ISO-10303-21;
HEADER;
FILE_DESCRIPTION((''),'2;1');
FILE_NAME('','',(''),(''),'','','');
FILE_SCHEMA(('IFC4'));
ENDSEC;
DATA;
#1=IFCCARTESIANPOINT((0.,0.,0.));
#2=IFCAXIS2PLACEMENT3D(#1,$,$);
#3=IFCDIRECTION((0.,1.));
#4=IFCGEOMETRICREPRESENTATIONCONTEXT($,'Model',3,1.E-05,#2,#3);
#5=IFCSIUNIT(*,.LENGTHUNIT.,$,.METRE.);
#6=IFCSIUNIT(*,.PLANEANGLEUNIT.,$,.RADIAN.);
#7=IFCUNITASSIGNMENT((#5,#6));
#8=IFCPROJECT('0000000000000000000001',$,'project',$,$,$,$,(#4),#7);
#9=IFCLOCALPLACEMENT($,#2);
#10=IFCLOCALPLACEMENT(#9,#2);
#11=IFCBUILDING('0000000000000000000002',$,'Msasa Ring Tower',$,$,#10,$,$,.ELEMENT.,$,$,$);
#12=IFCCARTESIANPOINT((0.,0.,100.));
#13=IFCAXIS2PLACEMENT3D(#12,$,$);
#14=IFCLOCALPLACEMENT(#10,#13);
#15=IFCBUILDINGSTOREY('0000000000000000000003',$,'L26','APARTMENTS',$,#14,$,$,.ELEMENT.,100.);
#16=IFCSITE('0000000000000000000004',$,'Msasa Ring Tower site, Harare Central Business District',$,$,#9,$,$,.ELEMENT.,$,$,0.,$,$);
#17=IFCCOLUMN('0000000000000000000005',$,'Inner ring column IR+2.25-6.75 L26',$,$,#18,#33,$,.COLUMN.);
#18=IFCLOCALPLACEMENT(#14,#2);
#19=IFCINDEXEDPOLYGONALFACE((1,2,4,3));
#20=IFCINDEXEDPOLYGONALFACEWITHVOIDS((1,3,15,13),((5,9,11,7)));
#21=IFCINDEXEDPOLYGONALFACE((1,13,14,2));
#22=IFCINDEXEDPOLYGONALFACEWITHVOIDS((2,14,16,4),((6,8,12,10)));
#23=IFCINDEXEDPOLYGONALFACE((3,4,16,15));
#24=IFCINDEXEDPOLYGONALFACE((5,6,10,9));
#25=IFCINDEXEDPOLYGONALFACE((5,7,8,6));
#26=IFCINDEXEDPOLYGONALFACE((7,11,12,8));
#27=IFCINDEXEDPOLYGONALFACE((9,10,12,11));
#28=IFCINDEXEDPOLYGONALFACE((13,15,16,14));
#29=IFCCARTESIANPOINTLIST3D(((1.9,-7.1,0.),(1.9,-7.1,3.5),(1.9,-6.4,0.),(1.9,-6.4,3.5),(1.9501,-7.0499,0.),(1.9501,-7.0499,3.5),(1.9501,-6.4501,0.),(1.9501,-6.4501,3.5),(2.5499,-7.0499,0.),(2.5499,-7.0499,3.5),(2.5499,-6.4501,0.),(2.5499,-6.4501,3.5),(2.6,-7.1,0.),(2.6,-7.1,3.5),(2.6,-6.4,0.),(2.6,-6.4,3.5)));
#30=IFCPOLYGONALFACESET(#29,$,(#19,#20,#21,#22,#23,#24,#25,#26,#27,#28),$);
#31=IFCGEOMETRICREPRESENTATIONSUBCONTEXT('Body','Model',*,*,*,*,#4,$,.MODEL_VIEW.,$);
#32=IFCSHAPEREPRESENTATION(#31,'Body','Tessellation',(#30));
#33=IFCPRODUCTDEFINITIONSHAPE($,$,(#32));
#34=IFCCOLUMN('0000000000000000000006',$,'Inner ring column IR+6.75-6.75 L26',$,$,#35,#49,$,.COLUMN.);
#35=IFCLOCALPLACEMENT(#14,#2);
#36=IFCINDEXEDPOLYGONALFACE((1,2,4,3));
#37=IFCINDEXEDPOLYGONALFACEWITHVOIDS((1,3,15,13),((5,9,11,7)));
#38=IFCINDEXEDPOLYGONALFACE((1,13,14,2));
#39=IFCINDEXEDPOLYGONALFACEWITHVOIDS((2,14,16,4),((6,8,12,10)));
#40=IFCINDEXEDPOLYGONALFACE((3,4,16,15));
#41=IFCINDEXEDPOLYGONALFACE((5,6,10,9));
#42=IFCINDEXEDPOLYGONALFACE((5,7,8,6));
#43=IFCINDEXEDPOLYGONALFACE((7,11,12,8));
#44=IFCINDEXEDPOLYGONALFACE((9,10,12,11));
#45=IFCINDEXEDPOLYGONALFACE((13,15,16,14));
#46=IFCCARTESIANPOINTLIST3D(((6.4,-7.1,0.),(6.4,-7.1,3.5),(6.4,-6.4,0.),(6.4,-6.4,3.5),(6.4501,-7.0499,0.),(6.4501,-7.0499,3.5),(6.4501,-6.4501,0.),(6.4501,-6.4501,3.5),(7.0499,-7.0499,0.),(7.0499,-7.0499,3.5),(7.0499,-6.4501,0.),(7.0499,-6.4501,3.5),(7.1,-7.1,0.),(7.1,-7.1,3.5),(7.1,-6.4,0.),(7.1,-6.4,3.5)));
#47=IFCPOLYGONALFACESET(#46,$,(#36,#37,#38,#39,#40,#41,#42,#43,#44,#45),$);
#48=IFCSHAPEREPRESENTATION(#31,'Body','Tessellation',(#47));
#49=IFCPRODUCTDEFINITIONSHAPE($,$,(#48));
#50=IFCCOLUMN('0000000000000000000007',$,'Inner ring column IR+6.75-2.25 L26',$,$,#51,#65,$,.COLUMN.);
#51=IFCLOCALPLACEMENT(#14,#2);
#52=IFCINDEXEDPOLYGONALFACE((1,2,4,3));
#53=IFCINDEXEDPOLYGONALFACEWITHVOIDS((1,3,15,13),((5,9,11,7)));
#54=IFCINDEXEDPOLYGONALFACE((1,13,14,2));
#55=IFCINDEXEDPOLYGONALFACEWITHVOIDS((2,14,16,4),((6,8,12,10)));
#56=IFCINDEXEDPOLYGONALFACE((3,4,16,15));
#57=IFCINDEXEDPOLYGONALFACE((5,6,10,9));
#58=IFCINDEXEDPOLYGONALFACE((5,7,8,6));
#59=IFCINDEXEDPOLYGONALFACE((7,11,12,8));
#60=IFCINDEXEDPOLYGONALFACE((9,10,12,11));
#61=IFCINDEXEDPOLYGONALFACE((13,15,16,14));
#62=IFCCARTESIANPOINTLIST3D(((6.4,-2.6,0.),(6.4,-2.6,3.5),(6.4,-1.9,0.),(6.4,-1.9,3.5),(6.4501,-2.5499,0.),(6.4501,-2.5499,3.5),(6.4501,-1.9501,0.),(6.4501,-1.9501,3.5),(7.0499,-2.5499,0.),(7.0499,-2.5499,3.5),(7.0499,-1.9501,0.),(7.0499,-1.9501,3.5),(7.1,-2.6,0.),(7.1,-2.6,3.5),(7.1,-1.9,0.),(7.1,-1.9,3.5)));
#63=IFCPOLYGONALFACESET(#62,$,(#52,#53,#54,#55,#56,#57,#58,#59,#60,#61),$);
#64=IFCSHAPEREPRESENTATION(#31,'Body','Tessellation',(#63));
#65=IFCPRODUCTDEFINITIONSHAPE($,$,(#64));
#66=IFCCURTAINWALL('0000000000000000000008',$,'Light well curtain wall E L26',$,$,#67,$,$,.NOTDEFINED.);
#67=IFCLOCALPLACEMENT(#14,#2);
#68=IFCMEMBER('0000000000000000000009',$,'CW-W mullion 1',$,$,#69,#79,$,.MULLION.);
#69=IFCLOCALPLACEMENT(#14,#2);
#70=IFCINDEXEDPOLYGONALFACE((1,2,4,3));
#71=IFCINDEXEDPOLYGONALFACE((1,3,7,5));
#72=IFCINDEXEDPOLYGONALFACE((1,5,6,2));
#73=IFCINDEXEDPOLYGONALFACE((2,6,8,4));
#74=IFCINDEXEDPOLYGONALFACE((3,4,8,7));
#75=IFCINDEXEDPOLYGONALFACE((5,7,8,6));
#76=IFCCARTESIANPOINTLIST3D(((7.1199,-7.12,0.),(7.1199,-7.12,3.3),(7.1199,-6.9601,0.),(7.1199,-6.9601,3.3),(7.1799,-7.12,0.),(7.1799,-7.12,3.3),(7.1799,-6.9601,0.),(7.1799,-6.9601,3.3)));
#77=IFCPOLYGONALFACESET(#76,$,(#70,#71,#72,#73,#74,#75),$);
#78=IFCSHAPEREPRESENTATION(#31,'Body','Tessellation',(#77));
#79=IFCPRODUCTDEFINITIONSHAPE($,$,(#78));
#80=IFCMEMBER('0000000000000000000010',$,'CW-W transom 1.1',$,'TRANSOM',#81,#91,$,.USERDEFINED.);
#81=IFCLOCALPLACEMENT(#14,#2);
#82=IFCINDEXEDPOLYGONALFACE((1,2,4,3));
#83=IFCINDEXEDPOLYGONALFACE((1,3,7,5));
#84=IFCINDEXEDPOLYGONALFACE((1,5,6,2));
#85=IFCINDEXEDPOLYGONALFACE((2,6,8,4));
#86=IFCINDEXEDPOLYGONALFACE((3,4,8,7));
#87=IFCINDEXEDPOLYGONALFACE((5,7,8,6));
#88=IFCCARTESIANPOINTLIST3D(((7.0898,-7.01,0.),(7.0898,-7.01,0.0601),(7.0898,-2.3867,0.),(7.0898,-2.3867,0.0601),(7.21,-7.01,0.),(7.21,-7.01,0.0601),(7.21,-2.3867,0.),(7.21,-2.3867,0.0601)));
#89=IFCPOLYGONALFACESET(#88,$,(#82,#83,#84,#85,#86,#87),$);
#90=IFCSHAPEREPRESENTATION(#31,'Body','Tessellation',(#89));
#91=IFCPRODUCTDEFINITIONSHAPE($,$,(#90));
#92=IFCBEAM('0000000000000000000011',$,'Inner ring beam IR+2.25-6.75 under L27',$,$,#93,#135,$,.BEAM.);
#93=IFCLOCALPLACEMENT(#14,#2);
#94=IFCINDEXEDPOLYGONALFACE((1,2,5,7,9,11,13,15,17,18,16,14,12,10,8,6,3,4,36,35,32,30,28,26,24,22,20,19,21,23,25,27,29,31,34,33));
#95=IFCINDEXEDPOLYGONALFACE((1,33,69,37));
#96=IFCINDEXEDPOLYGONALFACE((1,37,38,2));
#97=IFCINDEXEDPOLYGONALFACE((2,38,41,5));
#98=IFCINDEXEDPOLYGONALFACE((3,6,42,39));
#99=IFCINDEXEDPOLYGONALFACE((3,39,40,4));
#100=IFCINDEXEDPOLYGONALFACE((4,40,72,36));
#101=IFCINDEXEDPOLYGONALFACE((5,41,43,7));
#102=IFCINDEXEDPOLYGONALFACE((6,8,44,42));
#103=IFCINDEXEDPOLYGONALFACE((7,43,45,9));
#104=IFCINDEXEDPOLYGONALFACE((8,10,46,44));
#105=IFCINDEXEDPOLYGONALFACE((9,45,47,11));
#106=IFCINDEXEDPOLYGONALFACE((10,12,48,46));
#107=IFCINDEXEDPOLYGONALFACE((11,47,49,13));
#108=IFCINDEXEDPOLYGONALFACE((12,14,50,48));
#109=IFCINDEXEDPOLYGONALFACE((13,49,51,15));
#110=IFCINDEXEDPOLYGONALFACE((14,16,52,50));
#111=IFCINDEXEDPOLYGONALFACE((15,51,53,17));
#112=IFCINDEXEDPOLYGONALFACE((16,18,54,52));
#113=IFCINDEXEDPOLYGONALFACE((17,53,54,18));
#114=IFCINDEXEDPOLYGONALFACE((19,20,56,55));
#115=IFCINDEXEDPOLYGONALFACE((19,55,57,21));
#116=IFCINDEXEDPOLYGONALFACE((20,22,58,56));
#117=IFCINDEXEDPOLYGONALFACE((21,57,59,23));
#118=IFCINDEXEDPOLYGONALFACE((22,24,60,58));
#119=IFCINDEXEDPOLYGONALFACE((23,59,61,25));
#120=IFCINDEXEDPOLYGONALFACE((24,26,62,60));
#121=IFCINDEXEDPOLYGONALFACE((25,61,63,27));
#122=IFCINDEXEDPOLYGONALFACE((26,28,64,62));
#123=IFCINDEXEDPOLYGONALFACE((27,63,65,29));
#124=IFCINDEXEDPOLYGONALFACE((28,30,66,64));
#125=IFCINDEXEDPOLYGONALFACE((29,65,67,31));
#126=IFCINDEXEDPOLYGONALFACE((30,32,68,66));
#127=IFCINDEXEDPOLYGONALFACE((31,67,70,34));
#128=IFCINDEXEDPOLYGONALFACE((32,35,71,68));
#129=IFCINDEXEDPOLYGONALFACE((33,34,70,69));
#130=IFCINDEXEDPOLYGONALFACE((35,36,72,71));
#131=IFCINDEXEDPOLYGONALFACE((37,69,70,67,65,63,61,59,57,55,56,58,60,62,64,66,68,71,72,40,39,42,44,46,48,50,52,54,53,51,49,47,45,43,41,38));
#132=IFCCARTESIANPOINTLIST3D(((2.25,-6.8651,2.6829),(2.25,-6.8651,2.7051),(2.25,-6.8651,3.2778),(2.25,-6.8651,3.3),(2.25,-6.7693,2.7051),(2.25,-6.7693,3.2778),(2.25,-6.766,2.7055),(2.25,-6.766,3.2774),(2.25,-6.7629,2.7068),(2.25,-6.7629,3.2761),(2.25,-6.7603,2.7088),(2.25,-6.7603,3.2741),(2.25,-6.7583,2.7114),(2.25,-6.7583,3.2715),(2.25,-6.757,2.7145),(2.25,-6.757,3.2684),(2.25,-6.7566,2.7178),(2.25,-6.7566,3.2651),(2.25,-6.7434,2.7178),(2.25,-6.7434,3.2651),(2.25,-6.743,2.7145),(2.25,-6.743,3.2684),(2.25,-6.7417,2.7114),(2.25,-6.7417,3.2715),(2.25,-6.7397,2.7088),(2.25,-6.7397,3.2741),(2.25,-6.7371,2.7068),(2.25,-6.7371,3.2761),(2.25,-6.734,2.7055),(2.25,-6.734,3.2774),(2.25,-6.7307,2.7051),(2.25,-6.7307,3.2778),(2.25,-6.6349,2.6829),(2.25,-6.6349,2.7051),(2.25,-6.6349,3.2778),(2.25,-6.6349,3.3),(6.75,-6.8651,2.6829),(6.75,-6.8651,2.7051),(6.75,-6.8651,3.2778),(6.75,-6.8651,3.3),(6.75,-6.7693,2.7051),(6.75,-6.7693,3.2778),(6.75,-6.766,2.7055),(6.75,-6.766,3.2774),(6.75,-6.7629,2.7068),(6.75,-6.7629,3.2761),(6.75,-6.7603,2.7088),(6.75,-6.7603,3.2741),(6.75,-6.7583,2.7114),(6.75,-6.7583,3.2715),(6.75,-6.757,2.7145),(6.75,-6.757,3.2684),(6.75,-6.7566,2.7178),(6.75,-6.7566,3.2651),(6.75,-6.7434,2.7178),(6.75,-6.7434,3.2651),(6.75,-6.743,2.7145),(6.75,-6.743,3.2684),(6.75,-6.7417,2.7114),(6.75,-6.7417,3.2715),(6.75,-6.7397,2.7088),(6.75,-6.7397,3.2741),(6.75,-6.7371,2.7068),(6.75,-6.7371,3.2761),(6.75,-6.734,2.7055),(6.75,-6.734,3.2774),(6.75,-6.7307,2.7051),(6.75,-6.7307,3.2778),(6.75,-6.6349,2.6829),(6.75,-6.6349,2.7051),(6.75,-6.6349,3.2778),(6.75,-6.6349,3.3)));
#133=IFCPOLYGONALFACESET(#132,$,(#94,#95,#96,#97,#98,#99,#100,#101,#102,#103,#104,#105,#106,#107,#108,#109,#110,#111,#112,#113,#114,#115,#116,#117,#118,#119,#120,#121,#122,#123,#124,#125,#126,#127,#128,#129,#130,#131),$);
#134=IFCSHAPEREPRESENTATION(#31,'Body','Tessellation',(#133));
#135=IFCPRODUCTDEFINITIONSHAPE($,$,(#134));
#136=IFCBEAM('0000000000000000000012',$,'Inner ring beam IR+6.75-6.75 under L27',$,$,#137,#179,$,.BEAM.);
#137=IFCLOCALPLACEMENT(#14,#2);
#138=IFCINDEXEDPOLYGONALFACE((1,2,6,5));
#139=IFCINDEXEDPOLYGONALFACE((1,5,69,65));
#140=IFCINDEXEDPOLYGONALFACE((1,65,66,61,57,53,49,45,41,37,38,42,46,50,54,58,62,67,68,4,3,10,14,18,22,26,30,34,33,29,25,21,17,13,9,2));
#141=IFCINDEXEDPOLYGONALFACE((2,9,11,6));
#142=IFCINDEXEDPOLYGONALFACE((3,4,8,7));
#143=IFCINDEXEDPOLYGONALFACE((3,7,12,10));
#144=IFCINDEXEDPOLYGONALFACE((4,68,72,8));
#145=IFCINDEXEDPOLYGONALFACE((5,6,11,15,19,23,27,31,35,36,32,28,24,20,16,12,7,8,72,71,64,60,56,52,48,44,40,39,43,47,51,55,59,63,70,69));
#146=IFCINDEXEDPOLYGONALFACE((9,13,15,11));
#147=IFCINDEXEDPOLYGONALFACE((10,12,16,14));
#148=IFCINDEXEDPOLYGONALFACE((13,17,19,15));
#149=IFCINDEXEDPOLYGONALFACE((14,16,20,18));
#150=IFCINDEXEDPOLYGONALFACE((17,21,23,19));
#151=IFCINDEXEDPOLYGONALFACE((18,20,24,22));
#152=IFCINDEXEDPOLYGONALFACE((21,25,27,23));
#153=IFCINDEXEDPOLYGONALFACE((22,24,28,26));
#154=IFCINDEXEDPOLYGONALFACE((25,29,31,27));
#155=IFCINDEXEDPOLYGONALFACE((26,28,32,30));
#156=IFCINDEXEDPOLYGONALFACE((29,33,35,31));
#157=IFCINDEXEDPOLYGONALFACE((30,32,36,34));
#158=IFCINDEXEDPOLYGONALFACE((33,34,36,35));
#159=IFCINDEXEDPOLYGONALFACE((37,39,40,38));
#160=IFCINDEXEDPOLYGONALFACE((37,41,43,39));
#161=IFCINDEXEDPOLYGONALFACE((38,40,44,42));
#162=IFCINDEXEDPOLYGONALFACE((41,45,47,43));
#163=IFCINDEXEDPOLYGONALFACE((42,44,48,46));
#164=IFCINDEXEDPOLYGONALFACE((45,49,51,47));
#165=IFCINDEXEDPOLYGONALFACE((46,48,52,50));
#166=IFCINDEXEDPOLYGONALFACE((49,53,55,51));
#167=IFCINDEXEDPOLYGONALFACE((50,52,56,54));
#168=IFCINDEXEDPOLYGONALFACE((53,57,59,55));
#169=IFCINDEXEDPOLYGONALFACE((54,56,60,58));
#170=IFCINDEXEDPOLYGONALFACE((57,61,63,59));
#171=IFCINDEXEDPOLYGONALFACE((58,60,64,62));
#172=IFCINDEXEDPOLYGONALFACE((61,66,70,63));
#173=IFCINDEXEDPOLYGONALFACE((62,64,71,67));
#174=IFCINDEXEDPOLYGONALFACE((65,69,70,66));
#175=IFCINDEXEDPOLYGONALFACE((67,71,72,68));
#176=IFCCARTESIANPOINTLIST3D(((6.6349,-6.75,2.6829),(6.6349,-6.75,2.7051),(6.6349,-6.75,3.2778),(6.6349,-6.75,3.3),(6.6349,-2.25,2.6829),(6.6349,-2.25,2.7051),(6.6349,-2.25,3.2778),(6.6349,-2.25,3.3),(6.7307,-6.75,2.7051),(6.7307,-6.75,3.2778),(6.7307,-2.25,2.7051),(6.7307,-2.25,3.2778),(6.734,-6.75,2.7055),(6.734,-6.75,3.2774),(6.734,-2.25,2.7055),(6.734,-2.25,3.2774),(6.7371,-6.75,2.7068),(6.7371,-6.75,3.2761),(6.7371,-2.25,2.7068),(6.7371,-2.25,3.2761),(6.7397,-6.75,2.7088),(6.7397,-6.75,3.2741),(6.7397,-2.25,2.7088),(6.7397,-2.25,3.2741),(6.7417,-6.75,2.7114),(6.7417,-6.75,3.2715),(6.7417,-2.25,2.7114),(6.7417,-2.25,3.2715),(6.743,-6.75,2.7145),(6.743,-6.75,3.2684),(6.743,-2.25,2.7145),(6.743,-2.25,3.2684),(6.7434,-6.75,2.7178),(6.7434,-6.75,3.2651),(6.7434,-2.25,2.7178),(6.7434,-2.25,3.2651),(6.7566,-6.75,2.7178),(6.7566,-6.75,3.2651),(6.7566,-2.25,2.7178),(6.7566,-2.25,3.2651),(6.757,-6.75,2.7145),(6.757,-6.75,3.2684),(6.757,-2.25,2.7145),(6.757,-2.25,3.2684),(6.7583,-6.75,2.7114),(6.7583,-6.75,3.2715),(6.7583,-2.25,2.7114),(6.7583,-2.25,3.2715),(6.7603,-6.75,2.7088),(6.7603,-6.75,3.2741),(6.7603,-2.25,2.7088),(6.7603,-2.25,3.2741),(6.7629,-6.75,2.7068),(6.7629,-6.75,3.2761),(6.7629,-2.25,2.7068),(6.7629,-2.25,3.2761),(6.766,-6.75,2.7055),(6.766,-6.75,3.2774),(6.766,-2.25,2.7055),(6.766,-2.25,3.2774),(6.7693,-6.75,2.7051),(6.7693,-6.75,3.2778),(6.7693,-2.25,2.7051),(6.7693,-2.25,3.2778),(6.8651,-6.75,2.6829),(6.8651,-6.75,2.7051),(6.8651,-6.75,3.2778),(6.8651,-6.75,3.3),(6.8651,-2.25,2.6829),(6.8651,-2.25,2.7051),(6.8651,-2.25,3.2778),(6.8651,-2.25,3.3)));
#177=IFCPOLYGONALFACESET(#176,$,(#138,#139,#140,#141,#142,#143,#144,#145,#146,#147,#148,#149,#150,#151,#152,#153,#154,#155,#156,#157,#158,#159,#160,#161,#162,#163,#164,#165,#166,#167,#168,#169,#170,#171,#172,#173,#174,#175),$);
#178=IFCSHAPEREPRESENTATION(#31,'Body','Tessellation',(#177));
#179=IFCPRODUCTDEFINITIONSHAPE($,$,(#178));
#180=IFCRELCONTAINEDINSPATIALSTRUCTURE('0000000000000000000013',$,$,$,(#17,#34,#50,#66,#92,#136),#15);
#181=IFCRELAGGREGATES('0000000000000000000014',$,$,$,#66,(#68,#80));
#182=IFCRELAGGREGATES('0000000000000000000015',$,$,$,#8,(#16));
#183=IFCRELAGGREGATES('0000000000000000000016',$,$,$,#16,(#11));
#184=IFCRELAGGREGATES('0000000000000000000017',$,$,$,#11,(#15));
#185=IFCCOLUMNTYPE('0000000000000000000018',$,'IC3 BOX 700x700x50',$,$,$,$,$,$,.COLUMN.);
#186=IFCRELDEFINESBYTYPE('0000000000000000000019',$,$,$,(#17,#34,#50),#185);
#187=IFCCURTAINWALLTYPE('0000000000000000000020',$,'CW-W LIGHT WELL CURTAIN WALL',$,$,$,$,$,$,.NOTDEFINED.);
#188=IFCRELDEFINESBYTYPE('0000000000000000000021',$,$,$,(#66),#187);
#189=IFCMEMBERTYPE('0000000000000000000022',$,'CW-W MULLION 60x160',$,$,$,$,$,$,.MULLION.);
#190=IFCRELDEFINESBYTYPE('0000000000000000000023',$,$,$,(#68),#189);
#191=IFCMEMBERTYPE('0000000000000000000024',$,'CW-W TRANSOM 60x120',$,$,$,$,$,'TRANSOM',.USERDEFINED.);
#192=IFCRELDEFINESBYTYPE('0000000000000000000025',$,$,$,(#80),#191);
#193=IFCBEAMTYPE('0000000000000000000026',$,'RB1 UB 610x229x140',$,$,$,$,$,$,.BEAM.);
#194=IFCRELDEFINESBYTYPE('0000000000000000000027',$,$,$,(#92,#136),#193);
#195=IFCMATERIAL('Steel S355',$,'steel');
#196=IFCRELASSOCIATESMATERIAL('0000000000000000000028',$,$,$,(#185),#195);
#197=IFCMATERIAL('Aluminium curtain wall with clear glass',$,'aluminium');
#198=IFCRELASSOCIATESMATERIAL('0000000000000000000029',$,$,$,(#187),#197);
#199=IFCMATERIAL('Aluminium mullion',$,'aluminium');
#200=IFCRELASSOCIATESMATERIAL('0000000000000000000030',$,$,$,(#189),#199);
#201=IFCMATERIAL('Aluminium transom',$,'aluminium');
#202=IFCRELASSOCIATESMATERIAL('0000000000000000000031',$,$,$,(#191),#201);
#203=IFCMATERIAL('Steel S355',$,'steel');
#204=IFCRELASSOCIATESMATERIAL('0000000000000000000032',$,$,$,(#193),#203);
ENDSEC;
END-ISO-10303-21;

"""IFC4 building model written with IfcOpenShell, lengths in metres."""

from ifc_helpers import new_model, si_unit, direction, frame, origin, origin_2d, place, context, subcontext, project, spatial, rectangle, hollow_rectangle, i_section, extrude, material, material_profile, profile_set, type_object, element, aggregate, save


model = new_model("IFC4")

# Units and contexts
model_context = context("Model", 3, precision=1e-05, world=origin(), true_north=direction((0.0, 1.0)))
body_context = subcontext(model_context, "Body", "Model", "MODEL_VIEW")
ifc_project = project(units=[si_unit("LENGTHUNIT", "METRE"), si_unit("PLANEANGLEUNIT", "RADIAN")], contexts=[model_context])

# Site, building, storey
site_placement = place(None, origin())
site = spatial("IfcSite", under=ifc_project, at=site_placement, Name="Msasa Ring Tower site, Harare Central Business District", CompositionType="ELEMENT", RefElevation=0.0)
building_placement = place(site_placement, origin())
building = spatial("IfcBuilding", under=site, at=building_placement, Name="Msasa Ring Tower", CompositionType="ELEMENT")
storey_placement = place(building_placement, frame((0.0, 0.0, 100.0)))
storey = spatial("IfcBuildingStorey", under=building, at=storey_placement, Name="L26", Description="APARTMENTS", CompositionType="ELEMENT", Elevation=100.0)

# Columns
ifc_material_1 = material(Name="Steel S355", Category="steel")
ifc_material_profile_1 = material_profile(ifc_material_1, hollow_rectangle(XDim=0.7, YDim=0.7, WallThickness=0.05, at=origin_2d()), Name="BOX 700x700x50")
ifc_profile_set_1 = profile_set([ifc_material_profile_1], Name="Steel S355")
column_type = type_object("IfcColumnType", Name="IC3 BOX 700x700x50", PredefinedType="COLUMN", material=ifc_profile_set_1)
for number, where, z_axis, x_axis, name in (
    (1, (2.25, -6.75, 0.0), (0.0, 0.0, 1.0), (1.0, 0.0, 0.0), "Inner ring column IR+2.25-6.75 L26"),
    (2, (6.75, -6.75, 0.0), (0.0, 0.0, 1.0), (1.0, 0.0, 0.0), "Inner ring column IR+6.75-6.75 L26"),
    (3, (6.75, -2.25, 0.0), (0.0, 0.0, 1.0), (1.0, 0.0, 0.0), "Inner ring column IR+6.75-2.25 L26"),
):
    element("IfcColumn", number, at=place(storey_placement, frame(where, z_axis=z_axis, x_axis=x_axis)), inside=storey, type_object=column_type, Name=name, PredefinedType="COLUMN", context=body_context, shape_type="SweptSolid", body=[
        extrude(hollow_rectangle(XDim=0.7, YDim=0.7, WallThickness=0.05, at=origin_2d()), origin(), (0.0, 0.0, 1.0), 3.5),
    ])

# Curtain wall, members
ifc_material_2 = material(Name="Aluminium curtain wall with clear glass", Category="aluminium")
curtain_wall_type = type_object("IfcCurtainWallType", Name="CW-W LIGHT WELL CURTAIN WALL", PredefinedType="NOTDEFINED", material=ifc_material_2)
curtain_wall_1_placement = place(storey_placement, origin())
curtain_wall_1 = element("IfcCurtainWall", 4, at=curtain_wall_1_placement, inside=storey, type_object=curtain_wall_type, Name="Light well curtain wall E L26", PredefinedType="NOTDEFINED")
ifc_material_3 = material(Name="Aluminium mullion", Category="aluminium")
ifc_material_profile_2 = material_profile(ifc_material_3, rectangle(XDim=0.0601, YDim=0.1599, at=origin_2d()), Name="AL 60x160")
ifc_profile_set_2 = profile_set([ifc_material_profile_2], Name="Aluminium mullion")
member_type_1 = type_object("IfcMemberType", Name="CW-W MULLION 60x160", PredefinedType="MULLION", material=ifc_profile_set_2)
member_1_placement = place(storey_placement, frame((7.1499, -7.04, 0.0), z_axis=(0.0, 0.0, 1.0), x_axis=(-1.0, 0.0, 0.0)))
member_1 = element("IfcMember", 5, at=member_1_placement, type_object=member_type_1, Name="CW-W mullion 1", PredefinedType="MULLION", context=body_context, shape_type="SweptSolid", body=[
    extrude(rectangle(XDim=0.0601, YDim=0.1599, at=origin_2d()), origin(), (0.0, 0.0, 1.0), 3.3),
])
ifc_material_4 = material(Name="Aluminium transom", Category="aluminium")
ifc_material_profile_3 = material_profile(ifc_material_4, rectangle(XDim=0.1201, YDim=0.0601, at=origin_2d()), Name="AL 60x120")
ifc_profile_set_3 = profile_set([ifc_material_profile_3], Name="Aluminium transom")
member_type_2 = type_object("IfcMemberType", Name="CW-W TRANSOM 60x120", ElementType="TRANSOM", PredefinedType="USERDEFINED", material=ifc_profile_set_3)
member_2_placement = place(storey_placement, frame((7.1499, -7.01, 0.03), z_axis=(0.0, 1.0, 0.0), x_axis=(-1.0, 0.0, 0.0)))
member_2 = element("IfcMember", 6, at=member_2_placement, type_object=member_type_2, Name="CW-W transom 1.1", ObjectType="TRANSOM", PredefinedType="USERDEFINED", context=body_context, shape_type="SweptSolid", body=[
    extrude(rectangle(XDim=0.1201, YDim=0.0601, at=origin_2d()), origin(), (0.0, 0.0, 1.0), 4.6233),
])
aggregate(curtain_wall_1, [member_1, member_2])

# Beams
ifc_material_5 = material(Name="Steel S355", Category="steel")
ifc_material_profile_4 = material_profile(ifc_material_5, i_section(OverallWidth=0.2302, OverallDepth=0.6172, WebThickness=0.0132, FlangeThickness=0.0222, FilletRadius=0.0127, at=origin_2d()), Name="UB 610x229x140")
ifc_profile_set_4 = profile_set([ifc_material_profile_4], Name="Steel S355")
beam_type = type_object("IfcBeamType", Name="RB1 UB 610x229x140", PredefinedType="BEAM", material=ifc_profile_set_4)
for number, where, z_axis, x_axis, name in (
    (7, (2.25, -6.75, 2.9915), (1.0, 0.0, 0.0), (0.0, 1.0, 0.0), "Inner ring beam IR+2.25-6.75 under L27"),
    (8, (6.75, -6.75, 2.9915), (0.0, 1.0, 0.0), (-1.0, 0.0, 0.0), "Inner ring beam IR+6.75-6.75 under L27"),
):
    element("IfcBeam", number, at=place(storey_placement, frame(where, z_axis=z_axis, x_axis=x_axis)), inside=storey, type_object=beam_type, Name=name, PredefinedType="BEAM", context=body_context, shape_type="SweptSolid", body=[
        extrude(i_section(OverallWidth=0.2302, OverallDepth=0.6172, WebThickness=0.0132, FlangeThickness=0.0222, FilletRadius=0.0127, at=origin_2d()), origin(), (0.0, 0.0, 1.0), 4.5),
    ])

save(model, "model.ifc")
